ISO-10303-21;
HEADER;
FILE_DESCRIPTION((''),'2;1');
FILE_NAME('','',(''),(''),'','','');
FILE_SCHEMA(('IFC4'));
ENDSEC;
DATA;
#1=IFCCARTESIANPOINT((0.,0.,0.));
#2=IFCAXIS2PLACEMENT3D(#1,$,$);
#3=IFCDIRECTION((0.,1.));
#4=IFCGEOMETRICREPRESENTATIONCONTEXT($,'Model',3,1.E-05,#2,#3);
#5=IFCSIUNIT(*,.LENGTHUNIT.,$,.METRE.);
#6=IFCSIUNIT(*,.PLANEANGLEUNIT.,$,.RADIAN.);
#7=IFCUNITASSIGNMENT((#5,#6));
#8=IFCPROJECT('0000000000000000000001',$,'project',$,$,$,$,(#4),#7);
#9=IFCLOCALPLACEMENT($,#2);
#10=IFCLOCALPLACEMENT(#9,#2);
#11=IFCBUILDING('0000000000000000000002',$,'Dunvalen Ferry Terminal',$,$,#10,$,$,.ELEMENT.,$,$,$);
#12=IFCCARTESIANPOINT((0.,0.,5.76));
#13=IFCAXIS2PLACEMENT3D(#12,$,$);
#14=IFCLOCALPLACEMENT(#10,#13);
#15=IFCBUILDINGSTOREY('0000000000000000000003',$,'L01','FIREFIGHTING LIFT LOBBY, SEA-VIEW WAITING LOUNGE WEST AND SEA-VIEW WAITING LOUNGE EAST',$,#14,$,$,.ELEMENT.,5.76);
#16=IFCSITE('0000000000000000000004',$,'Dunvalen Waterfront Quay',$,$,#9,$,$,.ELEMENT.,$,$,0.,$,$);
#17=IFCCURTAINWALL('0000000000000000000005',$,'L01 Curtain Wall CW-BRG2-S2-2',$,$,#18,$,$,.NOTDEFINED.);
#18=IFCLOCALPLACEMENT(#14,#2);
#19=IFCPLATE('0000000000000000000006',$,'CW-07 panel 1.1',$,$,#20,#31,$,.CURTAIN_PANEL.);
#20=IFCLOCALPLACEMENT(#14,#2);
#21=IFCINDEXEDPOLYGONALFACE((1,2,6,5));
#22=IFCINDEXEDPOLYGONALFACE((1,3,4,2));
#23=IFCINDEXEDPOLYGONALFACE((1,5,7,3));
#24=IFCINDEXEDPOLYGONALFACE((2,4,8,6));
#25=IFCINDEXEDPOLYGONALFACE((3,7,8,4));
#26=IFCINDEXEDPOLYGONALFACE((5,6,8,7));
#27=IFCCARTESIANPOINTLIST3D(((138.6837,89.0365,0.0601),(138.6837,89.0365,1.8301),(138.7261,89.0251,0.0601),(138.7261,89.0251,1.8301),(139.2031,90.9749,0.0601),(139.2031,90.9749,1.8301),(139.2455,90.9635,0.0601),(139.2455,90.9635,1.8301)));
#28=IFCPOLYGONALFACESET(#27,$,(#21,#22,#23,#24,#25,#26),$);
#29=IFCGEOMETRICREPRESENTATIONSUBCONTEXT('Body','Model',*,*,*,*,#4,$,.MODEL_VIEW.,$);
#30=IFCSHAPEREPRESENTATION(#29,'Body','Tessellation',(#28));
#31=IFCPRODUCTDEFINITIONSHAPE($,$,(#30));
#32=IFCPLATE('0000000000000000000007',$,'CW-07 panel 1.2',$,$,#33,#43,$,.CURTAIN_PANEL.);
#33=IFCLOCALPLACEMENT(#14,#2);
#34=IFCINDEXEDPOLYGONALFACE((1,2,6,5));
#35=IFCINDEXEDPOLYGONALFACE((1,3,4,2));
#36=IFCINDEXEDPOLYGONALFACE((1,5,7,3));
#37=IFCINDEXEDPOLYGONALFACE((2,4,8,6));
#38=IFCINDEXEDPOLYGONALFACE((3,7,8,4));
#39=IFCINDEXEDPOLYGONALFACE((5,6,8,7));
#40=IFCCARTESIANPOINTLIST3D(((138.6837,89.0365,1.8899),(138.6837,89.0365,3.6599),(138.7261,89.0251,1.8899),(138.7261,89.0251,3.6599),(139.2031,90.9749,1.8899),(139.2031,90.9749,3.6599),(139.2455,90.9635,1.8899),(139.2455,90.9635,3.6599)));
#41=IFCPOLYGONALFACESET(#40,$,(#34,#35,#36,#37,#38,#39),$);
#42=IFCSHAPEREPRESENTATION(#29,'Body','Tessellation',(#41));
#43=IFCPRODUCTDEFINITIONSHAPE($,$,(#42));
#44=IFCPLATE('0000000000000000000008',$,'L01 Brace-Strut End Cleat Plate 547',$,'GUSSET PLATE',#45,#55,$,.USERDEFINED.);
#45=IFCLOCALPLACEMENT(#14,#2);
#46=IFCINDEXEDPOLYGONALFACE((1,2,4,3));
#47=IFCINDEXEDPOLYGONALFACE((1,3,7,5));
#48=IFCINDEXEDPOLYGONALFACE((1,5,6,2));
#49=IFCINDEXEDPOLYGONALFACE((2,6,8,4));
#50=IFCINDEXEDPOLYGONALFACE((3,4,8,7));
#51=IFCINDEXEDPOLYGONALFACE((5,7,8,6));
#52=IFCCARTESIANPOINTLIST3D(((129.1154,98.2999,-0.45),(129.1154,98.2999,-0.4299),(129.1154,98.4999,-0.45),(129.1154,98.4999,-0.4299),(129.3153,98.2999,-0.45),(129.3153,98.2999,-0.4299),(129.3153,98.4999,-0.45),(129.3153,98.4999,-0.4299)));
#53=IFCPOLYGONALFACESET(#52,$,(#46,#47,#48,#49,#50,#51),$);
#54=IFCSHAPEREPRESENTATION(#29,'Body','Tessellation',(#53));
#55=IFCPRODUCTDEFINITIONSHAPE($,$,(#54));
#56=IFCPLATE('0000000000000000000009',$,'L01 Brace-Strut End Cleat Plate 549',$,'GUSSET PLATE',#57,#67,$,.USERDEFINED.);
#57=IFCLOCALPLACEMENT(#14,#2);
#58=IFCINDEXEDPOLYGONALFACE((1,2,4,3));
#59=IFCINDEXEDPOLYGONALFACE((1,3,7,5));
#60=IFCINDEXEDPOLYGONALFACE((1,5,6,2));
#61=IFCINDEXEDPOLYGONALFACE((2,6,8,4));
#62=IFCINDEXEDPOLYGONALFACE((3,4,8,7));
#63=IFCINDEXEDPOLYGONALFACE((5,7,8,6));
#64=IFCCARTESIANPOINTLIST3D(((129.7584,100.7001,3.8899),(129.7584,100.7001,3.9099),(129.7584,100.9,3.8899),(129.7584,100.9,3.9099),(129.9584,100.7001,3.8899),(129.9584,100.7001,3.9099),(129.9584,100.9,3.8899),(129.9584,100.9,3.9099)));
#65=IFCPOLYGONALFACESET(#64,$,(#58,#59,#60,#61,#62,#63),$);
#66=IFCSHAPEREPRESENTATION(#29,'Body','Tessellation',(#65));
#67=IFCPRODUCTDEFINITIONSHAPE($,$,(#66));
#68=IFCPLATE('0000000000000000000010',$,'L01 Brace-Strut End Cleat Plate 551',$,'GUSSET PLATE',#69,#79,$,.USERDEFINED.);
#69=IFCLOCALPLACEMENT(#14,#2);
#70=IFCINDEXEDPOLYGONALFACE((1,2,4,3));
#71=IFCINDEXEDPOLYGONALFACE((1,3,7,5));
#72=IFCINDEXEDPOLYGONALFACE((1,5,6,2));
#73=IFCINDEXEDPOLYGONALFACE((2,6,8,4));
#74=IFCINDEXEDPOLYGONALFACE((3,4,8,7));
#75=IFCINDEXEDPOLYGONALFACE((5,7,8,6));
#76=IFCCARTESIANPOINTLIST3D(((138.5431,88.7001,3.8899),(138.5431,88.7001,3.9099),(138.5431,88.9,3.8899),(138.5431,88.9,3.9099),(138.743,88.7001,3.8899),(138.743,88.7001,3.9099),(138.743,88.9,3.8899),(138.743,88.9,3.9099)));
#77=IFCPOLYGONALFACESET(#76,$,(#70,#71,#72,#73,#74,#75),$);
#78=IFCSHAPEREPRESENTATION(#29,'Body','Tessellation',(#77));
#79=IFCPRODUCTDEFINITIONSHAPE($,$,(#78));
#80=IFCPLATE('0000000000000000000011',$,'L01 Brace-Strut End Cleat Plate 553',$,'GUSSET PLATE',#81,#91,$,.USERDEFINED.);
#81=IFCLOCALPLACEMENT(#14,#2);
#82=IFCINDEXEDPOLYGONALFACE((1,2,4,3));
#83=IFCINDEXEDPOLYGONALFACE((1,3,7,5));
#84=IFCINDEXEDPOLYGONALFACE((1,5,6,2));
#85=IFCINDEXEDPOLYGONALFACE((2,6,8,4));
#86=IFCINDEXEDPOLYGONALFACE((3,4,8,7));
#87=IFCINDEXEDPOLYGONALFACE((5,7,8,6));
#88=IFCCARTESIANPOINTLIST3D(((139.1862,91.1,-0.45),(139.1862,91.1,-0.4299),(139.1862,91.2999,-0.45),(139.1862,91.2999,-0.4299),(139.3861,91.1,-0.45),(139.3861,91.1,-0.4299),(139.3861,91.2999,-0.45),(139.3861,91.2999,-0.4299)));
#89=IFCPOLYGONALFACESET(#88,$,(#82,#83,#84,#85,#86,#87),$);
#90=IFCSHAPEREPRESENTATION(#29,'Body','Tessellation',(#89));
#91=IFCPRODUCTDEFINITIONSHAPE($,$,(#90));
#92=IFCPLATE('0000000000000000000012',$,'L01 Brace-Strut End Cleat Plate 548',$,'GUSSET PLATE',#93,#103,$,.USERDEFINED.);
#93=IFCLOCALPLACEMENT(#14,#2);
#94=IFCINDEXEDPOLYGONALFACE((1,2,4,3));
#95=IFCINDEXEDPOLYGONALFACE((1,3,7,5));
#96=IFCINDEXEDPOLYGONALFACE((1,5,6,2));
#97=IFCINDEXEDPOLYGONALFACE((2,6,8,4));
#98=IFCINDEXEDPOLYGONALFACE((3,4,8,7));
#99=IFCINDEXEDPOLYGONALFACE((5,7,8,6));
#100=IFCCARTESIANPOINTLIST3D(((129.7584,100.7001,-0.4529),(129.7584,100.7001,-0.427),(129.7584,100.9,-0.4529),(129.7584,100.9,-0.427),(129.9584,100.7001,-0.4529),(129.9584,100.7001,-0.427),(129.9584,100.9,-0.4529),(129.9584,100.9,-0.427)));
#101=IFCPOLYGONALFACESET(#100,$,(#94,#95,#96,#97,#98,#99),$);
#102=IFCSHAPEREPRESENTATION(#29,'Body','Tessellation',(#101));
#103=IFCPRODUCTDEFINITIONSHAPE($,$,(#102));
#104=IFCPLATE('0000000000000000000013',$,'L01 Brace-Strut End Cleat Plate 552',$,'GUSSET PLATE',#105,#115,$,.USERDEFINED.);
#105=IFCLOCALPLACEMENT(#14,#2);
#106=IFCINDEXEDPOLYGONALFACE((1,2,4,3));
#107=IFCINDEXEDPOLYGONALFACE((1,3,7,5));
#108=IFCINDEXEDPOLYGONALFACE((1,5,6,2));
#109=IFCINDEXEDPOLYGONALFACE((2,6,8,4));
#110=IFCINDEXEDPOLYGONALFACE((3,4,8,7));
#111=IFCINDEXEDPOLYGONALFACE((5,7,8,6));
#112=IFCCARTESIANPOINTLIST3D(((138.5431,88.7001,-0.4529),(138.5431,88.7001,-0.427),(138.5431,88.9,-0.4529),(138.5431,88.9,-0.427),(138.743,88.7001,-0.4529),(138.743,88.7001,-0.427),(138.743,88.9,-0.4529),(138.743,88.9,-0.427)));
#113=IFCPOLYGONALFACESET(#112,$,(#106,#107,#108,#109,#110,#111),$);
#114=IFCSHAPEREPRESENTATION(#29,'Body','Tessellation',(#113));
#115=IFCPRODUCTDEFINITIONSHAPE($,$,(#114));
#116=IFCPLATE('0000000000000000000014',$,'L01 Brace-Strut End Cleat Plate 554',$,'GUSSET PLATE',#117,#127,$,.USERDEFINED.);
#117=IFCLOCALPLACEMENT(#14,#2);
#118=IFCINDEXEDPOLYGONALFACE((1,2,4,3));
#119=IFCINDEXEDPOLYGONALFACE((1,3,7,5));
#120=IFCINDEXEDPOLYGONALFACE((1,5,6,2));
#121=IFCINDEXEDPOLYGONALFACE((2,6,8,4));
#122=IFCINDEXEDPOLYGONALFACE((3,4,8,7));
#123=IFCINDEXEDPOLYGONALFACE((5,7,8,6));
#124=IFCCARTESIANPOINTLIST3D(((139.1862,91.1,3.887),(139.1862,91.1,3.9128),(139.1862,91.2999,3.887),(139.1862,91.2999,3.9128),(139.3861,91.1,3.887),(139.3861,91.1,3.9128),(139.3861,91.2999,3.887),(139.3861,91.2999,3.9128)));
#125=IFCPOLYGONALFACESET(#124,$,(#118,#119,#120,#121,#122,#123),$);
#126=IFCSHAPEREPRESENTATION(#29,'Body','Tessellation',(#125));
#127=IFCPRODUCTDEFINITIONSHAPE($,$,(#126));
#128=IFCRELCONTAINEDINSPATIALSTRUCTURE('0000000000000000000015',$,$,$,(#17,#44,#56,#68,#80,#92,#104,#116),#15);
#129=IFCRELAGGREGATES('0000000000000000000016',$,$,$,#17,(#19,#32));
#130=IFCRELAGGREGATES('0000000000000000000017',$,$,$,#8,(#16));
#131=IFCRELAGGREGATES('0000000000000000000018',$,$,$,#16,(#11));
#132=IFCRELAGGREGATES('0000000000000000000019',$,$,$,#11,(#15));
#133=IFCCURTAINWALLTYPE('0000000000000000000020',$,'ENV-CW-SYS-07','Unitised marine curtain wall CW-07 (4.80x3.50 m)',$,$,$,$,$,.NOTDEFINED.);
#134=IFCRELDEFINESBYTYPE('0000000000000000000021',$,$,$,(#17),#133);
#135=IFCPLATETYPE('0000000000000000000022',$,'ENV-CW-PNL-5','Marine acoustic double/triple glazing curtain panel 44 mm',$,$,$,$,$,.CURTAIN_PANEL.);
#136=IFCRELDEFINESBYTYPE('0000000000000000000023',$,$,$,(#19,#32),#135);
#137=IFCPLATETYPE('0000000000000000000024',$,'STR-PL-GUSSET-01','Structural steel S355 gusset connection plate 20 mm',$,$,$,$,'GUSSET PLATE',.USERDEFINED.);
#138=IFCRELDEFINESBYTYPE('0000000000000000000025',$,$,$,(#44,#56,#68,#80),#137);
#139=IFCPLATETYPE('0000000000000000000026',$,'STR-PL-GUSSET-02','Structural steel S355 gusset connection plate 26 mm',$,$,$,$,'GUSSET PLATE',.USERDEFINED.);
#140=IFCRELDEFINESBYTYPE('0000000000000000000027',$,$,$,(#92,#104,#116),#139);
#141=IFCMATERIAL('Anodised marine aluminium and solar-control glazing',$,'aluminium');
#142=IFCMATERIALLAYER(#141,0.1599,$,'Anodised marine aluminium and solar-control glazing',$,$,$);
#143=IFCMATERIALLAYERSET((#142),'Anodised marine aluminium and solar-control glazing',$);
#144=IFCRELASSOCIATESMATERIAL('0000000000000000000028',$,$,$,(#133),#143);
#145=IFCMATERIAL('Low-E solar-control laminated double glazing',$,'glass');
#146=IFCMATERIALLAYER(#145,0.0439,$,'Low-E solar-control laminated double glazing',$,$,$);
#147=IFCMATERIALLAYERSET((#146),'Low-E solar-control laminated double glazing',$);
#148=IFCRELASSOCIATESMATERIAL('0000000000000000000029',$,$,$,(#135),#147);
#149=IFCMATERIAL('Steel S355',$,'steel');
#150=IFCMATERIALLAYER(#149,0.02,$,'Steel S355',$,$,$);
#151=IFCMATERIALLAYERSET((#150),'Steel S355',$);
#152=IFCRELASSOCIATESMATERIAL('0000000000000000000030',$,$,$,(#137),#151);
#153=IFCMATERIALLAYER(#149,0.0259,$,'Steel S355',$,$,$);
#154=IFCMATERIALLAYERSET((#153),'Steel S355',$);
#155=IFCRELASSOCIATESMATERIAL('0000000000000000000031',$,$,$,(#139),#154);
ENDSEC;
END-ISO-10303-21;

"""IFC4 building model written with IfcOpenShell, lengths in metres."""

from ifc_helpers import new_model, si_unit, direction, frame, origin, origin_2d, place, context, subcontext, project, spatial, rectangle, extrude, material, layer, layer_set, type_object, element, aggregate, save


model = new_model("IFC4")

# Units and contexts
model_context = context("Model", 3, precision=1e-05, world=origin(), true_north=direction((0.0, 1.0)))
body_context = subcontext(model_context, "Body", "Model", "MODEL_VIEW")
ifc_project = project(units=[si_unit("LENGTHUNIT", "METRE"), si_unit("PLANEANGLEUNIT", "RADIAN")], contexts=[model_context])

# Site, building, storey
site_placement = place(None, origin())
site = spatial("IfcSite", under=ifc_project, at=site_placement, Name="Dunvalen Waterfront Quay", CompositionType="ELEMENT", RefElevation=0.0)
building_placement = place(site_placement, origin())
building = spatial("IfcBuilding", under=site, at=building_placement, Name="Dunvalen Ferry Terminal", CompositionType="ELEMENT")
storey_placement = place(building_placement, frame((0.0, 0.0, 5.76)))
storey = spatial("IfcBuildingStorey", under=building, at=storey_placement, Name="L01", Description="FIREFIGHTING LIFT LOBBY, SEA-VIEW WAITING LOUNGE WEST AND SEA-VIEW WAITING LOUNGE EAST", CompositionType="ELEMENT", Elevation=5.76)

# Curtain wall
ifc_material_1 = material(Name="Anodised marine aluminium and solar-control glazing", Category="aluminium")
ifc_layer_1 = layer(ifc_material_1, 0.1599, Name="Anodised marine aluminium and solar-control glazing")
ifc_layer_set_1 = layer_set([ifc_layer_1], Name="Anodised marine aluminium and solar-control glazing")
curtain_wall_type = type_object("IfcCurtainWallType", Name="ENV-CW-SYS-07", Description="Unitised marine curtain wall CW-07 (4.80x3.50 m)", PredefinedType="NOTDEFINED", material=ifc_layer_set_1)
curtain_wall_1_placement = place(storey_placement, origin())
curtain_wall_1 = element("IfcCurtainWall", 1, at=curtain_wall_1_placement, inside=storey, type_object=curtain_wall_type, Name="L01 Curtain Wall CW-BRG2-S2-2", PredefinedType="NOTDEFINED")

# Shared definitions
ifc_material_2 = material(Name="Steel S355", Category="steel")

# Plates
ifc_material_3 = material(Name="Low-E solar-control laminated double glazing", Category="glass")
ifc_layer_2 = layer(ifc_material_3, 0.0439, Name="Low-E solar-control laminated double glazing")
ifc_layer_set_2 = layer_set([ifc_layer_2], Name="Low-E solar-control laminated double glazing")
plate_type_1 = type_object("IfcPlateType", Name="ENV-CW-PNL-5", Description="Marine acoustic double/triple glazing curtain panel 44 mm", PredefinedType="CURTAIN_PANEL", material=ifc_layer_set_2)
plate_1_placement = place(storey_placement, frame((138.9646, 90.0, 0.0601), z_axis=(0.0, 0.0, 1.0), x_axis=(0.25883, 0.965923, 0.0)))
plate_1 = element("IfcPlate", 2, at=plate_1_placement, type_object=plate_type_1, Name="CW-07 panel 1.1", PredefinedType="CURTAIN_PANEL", context=body_context, shape_type="SweptSolid", body=[
    extrude(rectangle(XDim=2.0068, YDim=0.0439, at=origin_2d()), origin(), (0.0, 0.0, 1.0), 1.77),
])
plate_2_placement = place(storey_placement, frame((138.9646, 90.0, 1.8899), z_axis=(0.0, 0.0, 1.0), x_axis=(0.25883, 0.965923, 0.0)))
plate_2 = element("IfcPlate", 3, at=plate_2_placement, type_object=plate_type_1, Name="CW-07 panel 1.2", PredefinedType="CURTAIN_PANEL", context=body_context, shape_type="SweptSolid", body=[
    extrude(rectangle(XDim=2.0068, YDim=0.0439, at=origin_2d()), origin(), (0.0, 0.0, 1.0), 1.77),
])
aggregate(curtain_wall_1, [plate_1, plate_2])

# Plates
ifc_layer_3 = layer(ifc_material_2, 0.02, Name="Steel S355")
ifc_layer_set_3 = layer_set([ifc_layer_3], Name="Steel S355")
plate_type_2 = type_object("IfcPlateType", Name="STR-PL-GUSSET-01", Description="Structural steel S355 gusset connection plate 20 mm", ElementType="GUSSET PLATE", PredefinedType="USERDEFINED", material=ifc_layer_set_3)
for number, where, z_axis, x_axis, name in (
    (4, (129.2153, 98.3999, -0.45), (0.0, 0.0, 1.0), (1.0, 0.0, 0.0), "L01 Brace-Strut End Cleat Plate 547"),
    (5, (129.8584, 100.8, 3.8899), (0.0, 0.0, 1.0), (1.0, 0.0, 0.0), "L01 Brace-Strut End Cleat Plate 549"),
    (6, (138.6431, 88.8, 3.8899), (0.0, 0.0, 1.0), (1.0, 0.0, 0.0), "L01 Brace-Strut End Cleat Plate 551"),
    (7, (139.2861, 91.2, -0.45), (0.0, 0.0, 1.0), (1.0, 0.0, 0.0), "L01 Brace-Strut End Cleat Plate 553"),
):
    element("IfcPlate", number, at=place(storey_placement, frame(where, z_axis=z_axis, x_axis=x_axis)), inside=storey, type_object=plate_type_2, Name=name, ObjectType="GUSSET PLATE", PredefinedType="USERDEFINED", context=body_context, shape_type="SweptSolid", body=[
        extrude(rectangle(XDim=0.2, YDim=0.2, at=origin_2d()), origin(), (0.0, 0.0, 1.0), 0.02),
    ])
ifc_layer_4 = layer(ifc_material_2, 0.0259, Name="Steel S355")
ifc_layer_set_4 = layer_set([ifc_layer_4], Name="Steel S355")
plate_type_3 = type_object("IfcPlateType", Name="STR-PL-GUSSET-02", Description="Structural steel S355 gusset connection plate 26 mm", ElementType="GUSSET PLATE", PredefinedType="USERDEFINED", material=ifc_layer_set_4)
for number, where, z_axis, x_axis, name in (
    (8, (129.8584, 100.8, -0.4529), (0.0, 0.0, 1.0), (1.0, 0.0, 0.0), "L01 Brace-Strut End Cleat Plate 548"),
    (9, (138.6431, 88.8, -0.4529), (0.0, 0.0, 1.0), (1.0, 0.0, 0.0), "L01 Brace-Strut End Cleat Plate 552"),
    (10, (139.2861, 91.2, 3.887), (0.0, 0.0, 1.0), (1.0, 0.0, 0.0), "L01 Brace-Strut End Cleat Plate 554"),
):
    element("IfcPlate", number, at=place(storey_placement, frame(where, z_axis=z_axis, x_axis=x_axis)), inside=storey, type_object=plate_type_3, Name=name, ObjectType="GUSSET PLATE", PredefinedType="USERDEFINED", context=body_context, shape_type="SweptSolid", body=[
        extrude(rectangle(XDim=0.2, YDim=0.2, at=origin_2d()), origin(), (0.0, 0.0, 1.0), 0.0259),
    ])

save(model, "model.ifc")
